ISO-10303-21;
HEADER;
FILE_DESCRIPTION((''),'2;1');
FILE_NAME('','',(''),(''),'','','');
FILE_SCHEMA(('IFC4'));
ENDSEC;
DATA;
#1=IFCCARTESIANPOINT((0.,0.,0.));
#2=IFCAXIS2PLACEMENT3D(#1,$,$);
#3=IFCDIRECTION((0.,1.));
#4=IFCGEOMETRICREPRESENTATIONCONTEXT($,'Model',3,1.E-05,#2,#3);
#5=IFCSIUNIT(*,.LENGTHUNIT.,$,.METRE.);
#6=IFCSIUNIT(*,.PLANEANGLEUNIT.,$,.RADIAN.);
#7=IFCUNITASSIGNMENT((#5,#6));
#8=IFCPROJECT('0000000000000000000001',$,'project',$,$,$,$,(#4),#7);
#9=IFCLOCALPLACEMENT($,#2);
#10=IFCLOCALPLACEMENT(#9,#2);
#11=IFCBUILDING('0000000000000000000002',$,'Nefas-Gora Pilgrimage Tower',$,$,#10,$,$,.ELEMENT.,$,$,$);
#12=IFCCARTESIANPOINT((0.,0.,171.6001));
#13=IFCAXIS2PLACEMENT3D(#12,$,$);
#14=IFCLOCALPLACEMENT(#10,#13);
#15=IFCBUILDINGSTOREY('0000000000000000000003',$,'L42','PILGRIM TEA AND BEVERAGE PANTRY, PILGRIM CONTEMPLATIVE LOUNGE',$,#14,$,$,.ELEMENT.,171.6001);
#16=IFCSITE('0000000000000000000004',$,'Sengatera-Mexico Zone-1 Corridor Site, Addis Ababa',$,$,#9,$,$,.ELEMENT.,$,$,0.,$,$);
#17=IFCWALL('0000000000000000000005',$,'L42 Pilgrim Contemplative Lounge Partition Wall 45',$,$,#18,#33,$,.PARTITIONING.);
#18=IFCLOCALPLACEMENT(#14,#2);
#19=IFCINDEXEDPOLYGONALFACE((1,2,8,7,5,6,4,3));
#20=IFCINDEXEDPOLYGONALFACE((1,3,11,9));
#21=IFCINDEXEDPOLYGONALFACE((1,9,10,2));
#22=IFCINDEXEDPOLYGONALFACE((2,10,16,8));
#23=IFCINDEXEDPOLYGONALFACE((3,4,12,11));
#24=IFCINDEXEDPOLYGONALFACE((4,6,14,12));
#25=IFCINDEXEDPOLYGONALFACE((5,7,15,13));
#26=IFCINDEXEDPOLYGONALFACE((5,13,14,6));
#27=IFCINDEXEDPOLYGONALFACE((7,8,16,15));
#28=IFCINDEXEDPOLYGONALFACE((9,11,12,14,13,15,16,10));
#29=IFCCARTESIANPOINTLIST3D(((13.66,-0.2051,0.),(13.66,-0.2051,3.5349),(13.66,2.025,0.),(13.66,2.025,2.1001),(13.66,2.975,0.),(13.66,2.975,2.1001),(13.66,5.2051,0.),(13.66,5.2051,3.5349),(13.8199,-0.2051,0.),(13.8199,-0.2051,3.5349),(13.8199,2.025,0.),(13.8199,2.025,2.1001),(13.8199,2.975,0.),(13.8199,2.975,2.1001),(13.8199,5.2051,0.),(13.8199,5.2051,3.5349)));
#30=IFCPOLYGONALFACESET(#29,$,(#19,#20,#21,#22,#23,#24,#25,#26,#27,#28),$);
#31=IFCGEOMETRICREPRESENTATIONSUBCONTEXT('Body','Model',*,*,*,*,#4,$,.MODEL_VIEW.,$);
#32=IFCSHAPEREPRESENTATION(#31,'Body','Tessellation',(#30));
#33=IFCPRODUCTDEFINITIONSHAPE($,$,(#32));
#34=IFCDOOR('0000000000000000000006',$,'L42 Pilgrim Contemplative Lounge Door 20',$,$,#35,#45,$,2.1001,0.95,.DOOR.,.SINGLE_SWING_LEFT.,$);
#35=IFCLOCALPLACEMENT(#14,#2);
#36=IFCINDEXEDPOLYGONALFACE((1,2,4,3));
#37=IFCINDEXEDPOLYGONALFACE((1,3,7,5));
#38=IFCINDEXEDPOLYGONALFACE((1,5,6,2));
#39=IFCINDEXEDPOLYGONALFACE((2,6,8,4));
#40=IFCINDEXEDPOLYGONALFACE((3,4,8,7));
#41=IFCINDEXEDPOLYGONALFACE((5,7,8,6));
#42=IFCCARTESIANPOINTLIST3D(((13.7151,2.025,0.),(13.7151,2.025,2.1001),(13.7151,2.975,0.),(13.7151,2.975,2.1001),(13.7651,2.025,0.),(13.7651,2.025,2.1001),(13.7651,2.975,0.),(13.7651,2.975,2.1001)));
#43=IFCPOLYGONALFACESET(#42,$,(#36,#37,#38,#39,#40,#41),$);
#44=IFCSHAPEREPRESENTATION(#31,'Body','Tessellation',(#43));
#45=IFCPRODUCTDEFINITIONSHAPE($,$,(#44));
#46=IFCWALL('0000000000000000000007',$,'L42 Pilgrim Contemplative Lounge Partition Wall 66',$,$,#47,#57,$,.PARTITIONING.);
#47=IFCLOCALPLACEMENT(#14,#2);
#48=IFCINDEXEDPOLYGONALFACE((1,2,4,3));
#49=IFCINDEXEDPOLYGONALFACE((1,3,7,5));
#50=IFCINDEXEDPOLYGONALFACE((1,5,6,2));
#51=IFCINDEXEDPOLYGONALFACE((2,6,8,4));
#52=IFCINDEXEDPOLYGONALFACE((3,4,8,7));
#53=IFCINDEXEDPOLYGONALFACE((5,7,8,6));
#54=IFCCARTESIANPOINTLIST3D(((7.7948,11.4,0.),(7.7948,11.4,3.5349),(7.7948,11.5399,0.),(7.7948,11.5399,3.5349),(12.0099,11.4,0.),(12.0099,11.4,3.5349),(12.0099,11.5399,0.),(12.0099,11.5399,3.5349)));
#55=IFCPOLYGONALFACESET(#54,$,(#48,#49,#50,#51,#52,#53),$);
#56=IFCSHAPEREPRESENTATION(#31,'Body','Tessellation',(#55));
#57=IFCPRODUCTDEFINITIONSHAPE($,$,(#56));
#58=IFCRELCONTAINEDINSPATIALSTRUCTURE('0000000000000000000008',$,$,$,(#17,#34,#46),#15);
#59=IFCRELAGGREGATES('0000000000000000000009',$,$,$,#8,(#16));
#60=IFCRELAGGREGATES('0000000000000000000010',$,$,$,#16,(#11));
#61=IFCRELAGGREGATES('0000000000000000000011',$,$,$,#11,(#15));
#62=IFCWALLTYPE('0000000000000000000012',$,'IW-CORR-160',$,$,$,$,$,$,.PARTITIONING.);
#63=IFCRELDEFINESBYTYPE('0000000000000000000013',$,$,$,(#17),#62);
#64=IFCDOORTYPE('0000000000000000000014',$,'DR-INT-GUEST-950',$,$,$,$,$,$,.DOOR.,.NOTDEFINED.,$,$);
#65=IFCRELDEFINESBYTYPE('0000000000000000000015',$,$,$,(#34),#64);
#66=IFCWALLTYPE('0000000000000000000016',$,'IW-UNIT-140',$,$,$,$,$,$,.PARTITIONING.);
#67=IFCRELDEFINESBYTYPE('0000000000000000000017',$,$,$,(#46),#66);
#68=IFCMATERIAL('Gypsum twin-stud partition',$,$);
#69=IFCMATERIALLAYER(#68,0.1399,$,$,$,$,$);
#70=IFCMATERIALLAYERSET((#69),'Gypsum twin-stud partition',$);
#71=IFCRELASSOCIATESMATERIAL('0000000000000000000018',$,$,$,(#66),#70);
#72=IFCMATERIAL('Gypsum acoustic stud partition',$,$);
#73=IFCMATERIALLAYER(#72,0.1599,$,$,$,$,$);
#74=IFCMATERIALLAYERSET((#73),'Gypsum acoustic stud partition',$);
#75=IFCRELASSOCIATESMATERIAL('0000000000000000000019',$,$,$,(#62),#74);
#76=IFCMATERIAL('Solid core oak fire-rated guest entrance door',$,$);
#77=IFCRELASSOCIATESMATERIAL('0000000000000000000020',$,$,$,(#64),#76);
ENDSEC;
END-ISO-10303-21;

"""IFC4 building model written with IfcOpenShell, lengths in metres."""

from ifc_helpers import new_model, si_unit, direction, frame, frame_2d, origin, place, context, subcontext, project, spatial, rectangle, extrude, source, transform, mapped, material, layer, layer_set, type_object, element, fill, save


model = new_model("IFC4")

# Units and contexts
model_context = context("Model", 3, precision=1e-05, world=origin(), true_north=direction((0.0, 1.0)))
body_context = subcontext(model_context, "Body", "Model", "MODEL_VIEW")
ifc_project = project(units=[si_unit("LENGTHUNIT", "METRE"), si_unit("PLANEANGLEUNIT", "RADIAN")], contexts=[model_context])

# Site, building, storey
site_placement = place(None, origin())
site = spatial("IfcSite", under=ifc_project, at=site_placement, Name="Sengatera-Mexico Zone-1 Corridor Site, Addis Ababa", CompositionType="ELEMENT", RefElevation=0.0)
building_placement = place(site_placement, origin())
building = spatial("IfcBuilding", under=site, at=building_placement, Name="Nefas-Gora Pilgrimage Tower", CompositionType="ELEMENT")
storey_placement = place(building_placement, frame((0.0, 0.0, 171.6001)))
storey = spatial("IfcBuildingStorey", under=building, at=storey_placement, Name="L42", Description="PILGRIM TEA AND BEVERAGE PANTRY, PILGRIM CONTEMPLATIVE LOUNGE", CompositionType="ELEMENT", Elevation=171.6001)

# Shared definitions
ifc_material_1 = material(Name="Gypsum twin-stud partition")
ifc_layer_1 = layer(ifc_material_1, 0.1399)
ifc_layer_set_1 = layer_set([ifc_layer_1], Name="Gypsum twin-stud partition")
wall_type_1 = type_object("IfcWallType", Name="IW-UNIT-140", PredefinedType="PARTITIONING", material=ifc_layer_set_1)
ifc_material_2 = material(Name="Gypsum acoustic stud partition")
ifc_layer_2 = layer(ifc_material_2, 0.1599)
ifc_layer_set_2 = layer_set([ifc_layer_2], Name="Gypsum acoustic stud partition")
wall_type_2 = type_object("IfcWallType", Name="IW-CORR-160", PredefinedType="PARTITIONING", material=ifc_layer_set_2)

# Wall, opening, door
shared_shape_1 = source(origin(), body_context, "Body", "SweptSolid", [
    extrude(rectangle(XDim=5.4102, YDim=0.1599, at=frame_2d((2.7051, 0.0))), origin(), (0.0, 0.0, 1.0), 3.5349),
])
wall_1_placement = place(storey_placement, frame((13.74, -0.2051, 0.0), z_axis=(0.0, 0.0, 1.0), x_axis=(0.0, 1.0, 0.0)))
wall_1 = element("IfcWall", 1, at=wall_1_placement, inside=storey, type_object=wall_type_2, Name="L42 Pilgrim Contemplative Lounge Partition Wall 45", PredefinedType="PARTITIONING", context=body_context, shape_type="MappedRepresentation", body=[
    mapped(shared_shape_1, transform((0.0, 0.0, 0.0), x_axis=(1.0, 0.0, 0.0), y_axis=(0.0, 1.0, 0.0), z_axis=(0.0, 0.0, 1.0), scale=1.0)),
])
opening_1_placement = place(wall_1_placement, frame((2.23, 0.0, 0.0)))
opening_1 = element("IfcOpeningElement", 2, at=opening_1_placement, cuts=wall_1, PredefinedType="OPENING", context=body_context, shape_type="SweptSolid", body=[
    extrude(rectangle(XDim=0.95, YDim=2.1001, at=frame_2d((0.4751, 1.05))), frame((0.0, 0.0898, 0.0), z_axis=(0.0, -1.0, 0.0), x_axis=(1.0, 0.0, 0.0)), (0.0, 0.0, 1.0), 0.1799),
])
ifc_material_3 = material(Name="Solid core oak fire-rated guest entrance door")
door_type_1 = type_object("IfcDoorType", Name="DR-INT-GUEST-950", OperationType="NOTDEFINED", PredefinedType="DOOR", material=ifc_material_3)
shared_shape_2 = source(origin(), body_context, "Body", "SweptSolid", [
    extrude(rectangle(XDim=0.95, YDim=2.1001, at=frame_2d((0.4751, 1.05))), frame((0.0, 0.0249, 0.0), z_axis=(0.0, -1.0, 0.0), x_axis=(1.0, 0.0, 0.0)), (0.0, 0.0, 1.0), 0.05),
])
door_1_placement = place(opening_1_placement, origin())
door_1 = element("IfcDoor", 3, at=door_1_placement, inside=storey, type_object=door_type_1, Name="L42 Pilgrim Contemplative Lounge Door 20", OperationType="SINGLE_SWING_LEFT", OverallHeight=2.1001, OverallWidth=0.95, PredefinedType="DOOR", context=body_context, shape_type="MappedRepresentation", body=[
    mapped(shared_shape_2, transform((0.0, 0.0, 0.0), x_axis=(1.0, 0.0, 0.0), y_axis=(0.0, 1.0, 0.0), z_axis=(0.0, 0.0, 1.0), scale=1.0)),
])
fill(opening_1, door_1)

# Wall
shared_shape_3 = source(origin(), body_context, "Body", "SweptSolid", [
    extrude(rectangle(XDim=4.2151, YDim=0.1399, at=frame_2d((2.1074, 0.0))), origin(), (0.0, 0.0, 1.0), 3.5349),
])
wall_2_placement = place(storey_placement, frame((7.7949, 11.47, 0.0), z_axis=(0.0, 0.0, 1.0), x_axis=(1.0, 0.0, 0.0)))
element("IfcWall", 4, at=wall_2_placement, inside=storey, type_object=wall_type_1, Name="L42 Pilgrim Contemplative Lounge Partition Wall 66", PredefinedType="PARTITIONING", context=body_context, shape_type="MappedRepresentation", body=[
    mapped(shared_shape_3, transform((0.0, 0.0, 0.0), x_axis=(1.0, 0.0, 0.0), y_axis=(0.0, 1.0, 0.0), z_axis=(0.0, 0.0, 1.0), scale=1.0)),
])

save(model, "model.ifc")
